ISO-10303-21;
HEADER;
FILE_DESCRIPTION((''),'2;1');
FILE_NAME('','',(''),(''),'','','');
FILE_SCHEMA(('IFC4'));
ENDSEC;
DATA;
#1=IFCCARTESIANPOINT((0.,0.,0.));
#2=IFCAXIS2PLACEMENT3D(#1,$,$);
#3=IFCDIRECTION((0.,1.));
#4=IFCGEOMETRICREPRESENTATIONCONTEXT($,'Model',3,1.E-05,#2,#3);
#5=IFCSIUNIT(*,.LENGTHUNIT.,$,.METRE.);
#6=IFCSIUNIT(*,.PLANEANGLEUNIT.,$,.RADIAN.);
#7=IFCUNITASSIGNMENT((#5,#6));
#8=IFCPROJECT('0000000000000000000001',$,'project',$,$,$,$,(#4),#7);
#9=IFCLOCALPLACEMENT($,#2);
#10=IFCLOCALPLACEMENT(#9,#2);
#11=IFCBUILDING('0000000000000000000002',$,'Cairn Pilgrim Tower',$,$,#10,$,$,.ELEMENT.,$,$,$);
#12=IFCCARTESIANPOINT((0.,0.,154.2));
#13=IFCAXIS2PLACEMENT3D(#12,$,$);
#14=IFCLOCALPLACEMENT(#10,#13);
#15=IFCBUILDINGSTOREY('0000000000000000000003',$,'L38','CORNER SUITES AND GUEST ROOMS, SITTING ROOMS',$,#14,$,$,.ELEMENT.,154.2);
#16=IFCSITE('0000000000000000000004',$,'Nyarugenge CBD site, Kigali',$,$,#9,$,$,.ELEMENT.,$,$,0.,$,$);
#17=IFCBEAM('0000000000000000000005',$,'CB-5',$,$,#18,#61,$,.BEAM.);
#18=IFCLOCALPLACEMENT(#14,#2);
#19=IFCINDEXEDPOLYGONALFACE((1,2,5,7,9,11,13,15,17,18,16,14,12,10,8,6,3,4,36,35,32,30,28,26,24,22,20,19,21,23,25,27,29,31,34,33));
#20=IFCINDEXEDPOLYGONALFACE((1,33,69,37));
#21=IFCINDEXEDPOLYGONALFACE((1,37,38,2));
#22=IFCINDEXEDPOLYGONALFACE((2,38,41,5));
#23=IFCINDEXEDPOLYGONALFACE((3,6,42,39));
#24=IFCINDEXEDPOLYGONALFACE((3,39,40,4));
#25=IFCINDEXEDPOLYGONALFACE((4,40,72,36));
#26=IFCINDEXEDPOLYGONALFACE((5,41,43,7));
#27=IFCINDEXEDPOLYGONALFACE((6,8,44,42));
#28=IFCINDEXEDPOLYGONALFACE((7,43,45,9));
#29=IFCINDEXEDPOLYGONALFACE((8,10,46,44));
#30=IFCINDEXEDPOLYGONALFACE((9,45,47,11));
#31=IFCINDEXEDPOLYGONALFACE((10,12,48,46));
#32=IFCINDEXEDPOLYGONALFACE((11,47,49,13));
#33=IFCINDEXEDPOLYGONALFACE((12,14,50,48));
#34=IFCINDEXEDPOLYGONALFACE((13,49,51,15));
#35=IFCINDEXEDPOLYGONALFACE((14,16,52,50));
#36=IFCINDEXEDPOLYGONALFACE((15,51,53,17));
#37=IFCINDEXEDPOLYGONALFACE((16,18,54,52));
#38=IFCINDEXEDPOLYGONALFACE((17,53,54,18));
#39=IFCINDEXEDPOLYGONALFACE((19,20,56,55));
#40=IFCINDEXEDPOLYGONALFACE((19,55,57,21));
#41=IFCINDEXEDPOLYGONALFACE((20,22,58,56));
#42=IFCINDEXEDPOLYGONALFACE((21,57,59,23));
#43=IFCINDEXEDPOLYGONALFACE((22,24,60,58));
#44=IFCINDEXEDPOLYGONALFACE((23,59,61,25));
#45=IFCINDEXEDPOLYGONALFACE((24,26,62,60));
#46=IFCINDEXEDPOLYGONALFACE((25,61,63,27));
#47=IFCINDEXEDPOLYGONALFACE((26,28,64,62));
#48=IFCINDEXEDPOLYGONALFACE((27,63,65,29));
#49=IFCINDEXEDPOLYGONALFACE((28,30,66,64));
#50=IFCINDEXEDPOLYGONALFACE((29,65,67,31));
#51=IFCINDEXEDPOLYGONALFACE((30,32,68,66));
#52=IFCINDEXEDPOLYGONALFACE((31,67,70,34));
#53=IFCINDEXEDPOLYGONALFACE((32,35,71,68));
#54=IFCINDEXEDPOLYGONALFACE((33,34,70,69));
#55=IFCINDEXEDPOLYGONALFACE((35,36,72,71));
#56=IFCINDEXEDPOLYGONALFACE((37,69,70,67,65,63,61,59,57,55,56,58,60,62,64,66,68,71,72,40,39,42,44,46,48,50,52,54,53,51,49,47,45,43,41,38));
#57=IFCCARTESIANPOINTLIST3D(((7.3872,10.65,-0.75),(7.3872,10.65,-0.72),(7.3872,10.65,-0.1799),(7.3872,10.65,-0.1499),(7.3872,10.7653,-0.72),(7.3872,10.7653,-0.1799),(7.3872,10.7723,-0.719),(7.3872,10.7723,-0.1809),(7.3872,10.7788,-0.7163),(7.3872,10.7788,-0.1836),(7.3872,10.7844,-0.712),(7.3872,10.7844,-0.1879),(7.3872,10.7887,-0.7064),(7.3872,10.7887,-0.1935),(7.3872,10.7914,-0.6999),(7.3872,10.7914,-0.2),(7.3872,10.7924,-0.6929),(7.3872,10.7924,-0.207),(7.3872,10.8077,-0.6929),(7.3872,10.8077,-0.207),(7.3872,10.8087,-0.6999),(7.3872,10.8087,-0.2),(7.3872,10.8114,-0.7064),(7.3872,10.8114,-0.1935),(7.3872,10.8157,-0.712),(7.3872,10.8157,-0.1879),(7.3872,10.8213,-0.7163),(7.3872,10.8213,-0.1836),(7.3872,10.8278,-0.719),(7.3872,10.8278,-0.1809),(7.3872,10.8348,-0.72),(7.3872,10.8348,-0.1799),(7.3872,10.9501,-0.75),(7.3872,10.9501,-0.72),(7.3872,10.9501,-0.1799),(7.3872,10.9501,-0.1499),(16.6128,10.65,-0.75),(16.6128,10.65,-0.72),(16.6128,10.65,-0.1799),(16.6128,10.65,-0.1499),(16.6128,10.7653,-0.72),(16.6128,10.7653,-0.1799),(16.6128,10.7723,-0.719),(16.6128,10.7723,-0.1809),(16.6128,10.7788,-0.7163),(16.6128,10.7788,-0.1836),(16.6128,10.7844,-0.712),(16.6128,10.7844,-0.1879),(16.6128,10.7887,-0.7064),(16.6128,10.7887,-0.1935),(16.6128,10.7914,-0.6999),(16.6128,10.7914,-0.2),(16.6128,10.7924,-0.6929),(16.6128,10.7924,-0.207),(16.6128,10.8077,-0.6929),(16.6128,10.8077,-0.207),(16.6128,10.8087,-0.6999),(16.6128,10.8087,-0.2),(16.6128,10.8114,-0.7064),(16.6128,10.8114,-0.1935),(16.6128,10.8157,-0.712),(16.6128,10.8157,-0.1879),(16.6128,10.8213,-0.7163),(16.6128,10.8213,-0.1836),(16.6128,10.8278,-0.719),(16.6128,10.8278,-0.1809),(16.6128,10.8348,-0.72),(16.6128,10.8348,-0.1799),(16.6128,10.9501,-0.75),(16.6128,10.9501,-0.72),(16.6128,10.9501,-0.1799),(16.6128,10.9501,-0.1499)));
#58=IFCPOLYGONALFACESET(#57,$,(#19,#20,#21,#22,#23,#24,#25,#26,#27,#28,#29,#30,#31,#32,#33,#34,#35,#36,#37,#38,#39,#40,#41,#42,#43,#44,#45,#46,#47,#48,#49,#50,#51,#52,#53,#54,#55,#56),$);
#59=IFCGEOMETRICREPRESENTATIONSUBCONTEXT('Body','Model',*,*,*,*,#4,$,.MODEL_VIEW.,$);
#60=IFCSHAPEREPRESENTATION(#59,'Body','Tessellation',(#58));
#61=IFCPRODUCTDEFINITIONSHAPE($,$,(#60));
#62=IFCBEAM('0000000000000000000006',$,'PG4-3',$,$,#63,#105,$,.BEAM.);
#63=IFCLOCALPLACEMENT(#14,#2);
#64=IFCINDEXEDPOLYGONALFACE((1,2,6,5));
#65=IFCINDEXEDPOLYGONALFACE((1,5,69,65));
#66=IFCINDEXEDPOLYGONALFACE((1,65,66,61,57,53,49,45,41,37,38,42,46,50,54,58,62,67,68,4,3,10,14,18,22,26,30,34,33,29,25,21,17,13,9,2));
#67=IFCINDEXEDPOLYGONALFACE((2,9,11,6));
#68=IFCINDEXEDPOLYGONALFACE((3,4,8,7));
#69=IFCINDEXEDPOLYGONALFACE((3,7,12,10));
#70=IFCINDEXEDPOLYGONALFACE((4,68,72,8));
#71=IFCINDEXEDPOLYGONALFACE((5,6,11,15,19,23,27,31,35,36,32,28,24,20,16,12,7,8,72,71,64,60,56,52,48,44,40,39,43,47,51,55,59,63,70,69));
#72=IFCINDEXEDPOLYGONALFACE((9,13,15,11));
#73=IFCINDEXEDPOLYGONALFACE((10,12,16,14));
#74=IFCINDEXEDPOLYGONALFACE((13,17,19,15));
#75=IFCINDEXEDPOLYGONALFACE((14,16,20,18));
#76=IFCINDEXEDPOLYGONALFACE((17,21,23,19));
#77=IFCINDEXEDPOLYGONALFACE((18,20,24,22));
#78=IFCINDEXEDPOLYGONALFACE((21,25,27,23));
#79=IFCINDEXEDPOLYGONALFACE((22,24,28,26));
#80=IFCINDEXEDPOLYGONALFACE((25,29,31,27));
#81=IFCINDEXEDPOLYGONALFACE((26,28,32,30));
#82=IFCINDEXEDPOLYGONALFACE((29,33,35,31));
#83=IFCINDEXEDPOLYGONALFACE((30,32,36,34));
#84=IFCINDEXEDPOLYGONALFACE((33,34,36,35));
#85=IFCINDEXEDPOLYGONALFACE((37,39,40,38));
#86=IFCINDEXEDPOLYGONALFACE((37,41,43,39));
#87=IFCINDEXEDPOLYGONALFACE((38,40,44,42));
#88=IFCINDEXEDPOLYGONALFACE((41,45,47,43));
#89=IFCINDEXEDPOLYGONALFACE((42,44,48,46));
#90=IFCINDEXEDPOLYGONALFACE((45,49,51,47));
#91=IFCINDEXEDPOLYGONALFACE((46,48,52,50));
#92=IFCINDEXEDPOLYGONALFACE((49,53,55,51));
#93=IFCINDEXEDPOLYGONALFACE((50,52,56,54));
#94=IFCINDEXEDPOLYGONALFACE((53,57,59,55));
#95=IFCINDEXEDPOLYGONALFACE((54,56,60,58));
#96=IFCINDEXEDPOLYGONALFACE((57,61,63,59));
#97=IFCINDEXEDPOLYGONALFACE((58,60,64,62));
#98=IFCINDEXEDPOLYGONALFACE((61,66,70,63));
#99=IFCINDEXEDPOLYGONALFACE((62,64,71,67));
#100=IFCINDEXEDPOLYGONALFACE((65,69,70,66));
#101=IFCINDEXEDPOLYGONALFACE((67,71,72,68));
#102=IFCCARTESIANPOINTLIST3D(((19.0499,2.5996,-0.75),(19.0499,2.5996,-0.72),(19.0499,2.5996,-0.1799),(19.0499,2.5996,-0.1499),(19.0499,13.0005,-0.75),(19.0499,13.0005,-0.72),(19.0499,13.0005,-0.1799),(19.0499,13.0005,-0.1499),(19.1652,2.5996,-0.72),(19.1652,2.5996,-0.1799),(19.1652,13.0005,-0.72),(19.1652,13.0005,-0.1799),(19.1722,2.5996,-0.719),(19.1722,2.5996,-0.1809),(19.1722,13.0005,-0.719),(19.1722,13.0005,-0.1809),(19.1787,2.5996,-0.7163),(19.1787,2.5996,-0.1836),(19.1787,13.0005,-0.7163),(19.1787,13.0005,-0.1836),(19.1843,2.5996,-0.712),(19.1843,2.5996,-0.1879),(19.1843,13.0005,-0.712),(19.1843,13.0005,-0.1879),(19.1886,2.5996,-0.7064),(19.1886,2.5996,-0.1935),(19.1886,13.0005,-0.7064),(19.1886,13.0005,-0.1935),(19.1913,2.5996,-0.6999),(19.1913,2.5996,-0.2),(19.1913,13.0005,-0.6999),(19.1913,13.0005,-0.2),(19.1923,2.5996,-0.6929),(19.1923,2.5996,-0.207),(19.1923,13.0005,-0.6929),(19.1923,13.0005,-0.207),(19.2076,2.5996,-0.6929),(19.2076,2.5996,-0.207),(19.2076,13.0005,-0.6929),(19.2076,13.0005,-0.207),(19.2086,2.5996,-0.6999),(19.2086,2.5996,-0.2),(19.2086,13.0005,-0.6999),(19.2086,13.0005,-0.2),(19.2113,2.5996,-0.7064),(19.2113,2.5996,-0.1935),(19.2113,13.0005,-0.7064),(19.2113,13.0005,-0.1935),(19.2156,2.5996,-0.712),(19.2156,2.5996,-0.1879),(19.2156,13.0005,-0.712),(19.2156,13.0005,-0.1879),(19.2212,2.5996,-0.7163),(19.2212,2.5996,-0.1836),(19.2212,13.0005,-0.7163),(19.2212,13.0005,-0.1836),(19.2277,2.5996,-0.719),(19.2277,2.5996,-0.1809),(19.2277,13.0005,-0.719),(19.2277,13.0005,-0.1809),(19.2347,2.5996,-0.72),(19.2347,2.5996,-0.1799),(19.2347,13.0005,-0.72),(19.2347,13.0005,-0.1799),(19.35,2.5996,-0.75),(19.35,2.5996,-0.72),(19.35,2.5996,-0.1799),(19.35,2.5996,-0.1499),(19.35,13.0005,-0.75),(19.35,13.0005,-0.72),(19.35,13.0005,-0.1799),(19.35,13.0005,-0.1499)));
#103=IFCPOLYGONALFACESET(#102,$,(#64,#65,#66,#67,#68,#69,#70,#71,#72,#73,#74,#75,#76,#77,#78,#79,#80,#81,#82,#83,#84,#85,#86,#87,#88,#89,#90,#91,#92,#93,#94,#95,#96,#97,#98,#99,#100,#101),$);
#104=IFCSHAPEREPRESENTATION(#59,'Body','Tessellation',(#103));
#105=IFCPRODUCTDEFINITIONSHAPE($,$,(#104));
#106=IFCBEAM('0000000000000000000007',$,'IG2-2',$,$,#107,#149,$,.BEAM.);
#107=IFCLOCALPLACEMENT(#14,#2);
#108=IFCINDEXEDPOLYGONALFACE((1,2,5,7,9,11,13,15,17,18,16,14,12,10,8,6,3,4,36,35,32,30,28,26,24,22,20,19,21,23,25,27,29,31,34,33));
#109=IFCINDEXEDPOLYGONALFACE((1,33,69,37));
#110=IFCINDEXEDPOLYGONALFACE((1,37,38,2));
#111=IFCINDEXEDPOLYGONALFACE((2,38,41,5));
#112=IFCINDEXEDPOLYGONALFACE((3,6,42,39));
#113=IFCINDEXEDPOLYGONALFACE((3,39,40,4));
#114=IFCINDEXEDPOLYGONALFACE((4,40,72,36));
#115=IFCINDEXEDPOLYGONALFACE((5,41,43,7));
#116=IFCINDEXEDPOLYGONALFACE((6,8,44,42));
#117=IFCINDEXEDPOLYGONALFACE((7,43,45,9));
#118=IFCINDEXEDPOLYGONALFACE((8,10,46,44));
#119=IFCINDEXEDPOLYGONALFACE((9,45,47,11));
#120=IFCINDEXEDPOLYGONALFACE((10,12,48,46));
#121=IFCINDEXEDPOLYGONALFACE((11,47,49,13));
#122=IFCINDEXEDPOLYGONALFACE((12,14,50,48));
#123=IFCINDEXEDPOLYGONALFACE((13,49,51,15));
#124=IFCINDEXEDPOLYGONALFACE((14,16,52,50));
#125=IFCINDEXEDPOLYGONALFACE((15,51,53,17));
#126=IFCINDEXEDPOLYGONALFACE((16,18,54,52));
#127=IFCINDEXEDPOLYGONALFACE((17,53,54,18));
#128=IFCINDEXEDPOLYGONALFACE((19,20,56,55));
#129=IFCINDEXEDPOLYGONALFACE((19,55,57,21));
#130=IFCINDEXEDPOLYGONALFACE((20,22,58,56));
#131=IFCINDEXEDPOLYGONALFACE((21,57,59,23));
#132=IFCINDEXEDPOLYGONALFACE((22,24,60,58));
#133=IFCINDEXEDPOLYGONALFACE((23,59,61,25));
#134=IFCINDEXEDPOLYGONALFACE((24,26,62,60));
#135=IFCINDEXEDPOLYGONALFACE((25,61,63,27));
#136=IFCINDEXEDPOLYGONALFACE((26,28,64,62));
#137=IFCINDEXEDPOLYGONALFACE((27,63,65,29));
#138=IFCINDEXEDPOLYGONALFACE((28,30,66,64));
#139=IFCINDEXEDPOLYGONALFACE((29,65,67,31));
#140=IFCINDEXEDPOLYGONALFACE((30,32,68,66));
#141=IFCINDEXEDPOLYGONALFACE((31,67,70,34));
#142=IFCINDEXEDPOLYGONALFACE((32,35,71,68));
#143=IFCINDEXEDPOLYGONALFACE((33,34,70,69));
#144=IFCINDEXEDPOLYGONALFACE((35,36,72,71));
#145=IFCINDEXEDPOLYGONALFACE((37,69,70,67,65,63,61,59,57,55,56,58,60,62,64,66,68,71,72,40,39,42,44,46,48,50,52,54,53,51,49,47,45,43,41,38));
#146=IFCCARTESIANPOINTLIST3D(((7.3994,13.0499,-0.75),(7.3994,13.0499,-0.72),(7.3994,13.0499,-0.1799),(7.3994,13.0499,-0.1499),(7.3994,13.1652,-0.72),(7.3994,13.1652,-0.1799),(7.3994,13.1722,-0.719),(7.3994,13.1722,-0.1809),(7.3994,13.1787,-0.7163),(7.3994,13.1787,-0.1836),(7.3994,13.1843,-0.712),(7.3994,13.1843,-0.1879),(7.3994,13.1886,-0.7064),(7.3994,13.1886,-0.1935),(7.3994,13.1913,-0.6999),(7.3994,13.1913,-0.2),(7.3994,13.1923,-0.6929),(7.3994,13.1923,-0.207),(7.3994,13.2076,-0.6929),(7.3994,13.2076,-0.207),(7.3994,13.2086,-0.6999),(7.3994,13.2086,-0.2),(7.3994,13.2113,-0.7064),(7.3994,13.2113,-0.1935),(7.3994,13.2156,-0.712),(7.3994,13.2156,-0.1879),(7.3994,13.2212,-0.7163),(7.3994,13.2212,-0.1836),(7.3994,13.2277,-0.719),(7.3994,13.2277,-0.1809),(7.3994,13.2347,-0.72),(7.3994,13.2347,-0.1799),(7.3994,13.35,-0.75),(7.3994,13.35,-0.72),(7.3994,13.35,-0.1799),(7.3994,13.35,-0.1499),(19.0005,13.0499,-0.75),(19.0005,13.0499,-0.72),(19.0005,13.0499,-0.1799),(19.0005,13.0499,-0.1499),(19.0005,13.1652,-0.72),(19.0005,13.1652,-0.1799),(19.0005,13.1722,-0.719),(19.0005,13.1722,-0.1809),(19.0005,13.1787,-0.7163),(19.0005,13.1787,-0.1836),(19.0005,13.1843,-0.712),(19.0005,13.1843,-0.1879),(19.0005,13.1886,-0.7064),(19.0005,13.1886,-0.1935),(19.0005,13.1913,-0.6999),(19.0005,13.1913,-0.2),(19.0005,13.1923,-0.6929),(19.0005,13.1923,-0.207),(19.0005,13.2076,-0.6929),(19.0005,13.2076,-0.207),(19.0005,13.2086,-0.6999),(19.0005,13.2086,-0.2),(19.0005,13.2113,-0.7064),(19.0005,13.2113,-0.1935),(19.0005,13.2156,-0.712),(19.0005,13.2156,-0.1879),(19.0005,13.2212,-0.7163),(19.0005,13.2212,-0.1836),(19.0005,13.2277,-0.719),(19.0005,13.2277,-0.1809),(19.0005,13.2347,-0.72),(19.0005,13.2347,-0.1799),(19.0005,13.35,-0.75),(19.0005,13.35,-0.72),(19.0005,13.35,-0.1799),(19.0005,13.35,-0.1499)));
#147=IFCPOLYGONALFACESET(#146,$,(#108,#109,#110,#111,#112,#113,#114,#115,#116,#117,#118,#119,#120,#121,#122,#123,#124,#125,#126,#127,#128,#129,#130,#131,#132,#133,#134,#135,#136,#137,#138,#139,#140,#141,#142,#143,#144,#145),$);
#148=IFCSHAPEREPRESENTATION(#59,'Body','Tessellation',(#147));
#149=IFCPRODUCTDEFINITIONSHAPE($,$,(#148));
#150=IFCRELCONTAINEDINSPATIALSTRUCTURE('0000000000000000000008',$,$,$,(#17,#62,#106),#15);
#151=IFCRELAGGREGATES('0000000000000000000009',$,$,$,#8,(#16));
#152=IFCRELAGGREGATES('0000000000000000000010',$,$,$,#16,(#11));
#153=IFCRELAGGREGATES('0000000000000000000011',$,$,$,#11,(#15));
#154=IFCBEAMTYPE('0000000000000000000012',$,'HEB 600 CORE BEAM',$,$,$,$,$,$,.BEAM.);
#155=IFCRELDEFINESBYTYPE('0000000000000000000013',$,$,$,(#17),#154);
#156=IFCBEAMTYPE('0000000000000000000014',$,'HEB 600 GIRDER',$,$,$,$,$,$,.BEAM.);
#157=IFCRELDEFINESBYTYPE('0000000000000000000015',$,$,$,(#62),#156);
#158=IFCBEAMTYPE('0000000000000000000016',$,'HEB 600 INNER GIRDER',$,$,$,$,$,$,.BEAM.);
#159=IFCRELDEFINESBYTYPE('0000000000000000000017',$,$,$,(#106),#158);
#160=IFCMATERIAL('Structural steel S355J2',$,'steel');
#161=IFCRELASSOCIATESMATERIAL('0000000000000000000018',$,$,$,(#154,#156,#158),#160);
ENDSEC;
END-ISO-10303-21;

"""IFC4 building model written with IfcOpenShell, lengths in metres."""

from ifc_helpers import new_model, si_unit, direction, frame, origin, origin_2d, place, context, subcontext, project, spatial, i_section, extrude, material, material_profile, profile_set, type_object, element, save


model = new_model("IFC4")

# Units and contexts
model_context = context("Model", 3, precision=1e-05, world=origin(), true_north=direction((0.0, 1.0)))
body_context = subcontext(model_context, "Body", "Model", "MODEL_VIEW")
ifc_project = project(units=[si_unit("LENGTHUNIT", "METRE"), si_unit("PLANEANGLEUNIT", "RADIAN")], contexts=[model_context])

# Site, building, storey
site_placement = place(None, origin())
site = spatial("IfcSite", under=ifc_project, at=site_placement, Name="Nyarugenge CBD site, Kigali", CompositionType="ELEMENT", RefElevation=0.0)
building_placement = place(site_placement, origin())
building = spatial("IfcBuilding", under=site, at=building_placement, Name="Cairn Pilgrim Tower", CompositionType="ELEMENT")
storey_placement = place(building_placement, frame((0.0, 0.0, 154.2)))
storey = spatial("IfcBuildingStorey", under=building, at=storey_placement, Name="L38", Description="CORNER SUITES AND GUEST ROOMS, SITTING ROOMS", CompositionType="ELEMENT", Elevation=154.2)

# Shared definitions
ifc_material_1 = material(Name="Structural steel S355J2", Category="steel")

# Beams
ifc_material_profile_1 = material_profile(ifc_material_1, i_section(OverallWidth=0.3, OverallDepth=0.6001, WebThickness=0.0154, FlangeThickness=0.03, FilletRadius=0.0271, at=origin_2d()), Name="HEB 600")
ifc_profile_set_1 = profile_set([ifc_material_profile_1], Name="Structural steel S355J2")
beam_type_1 = type_object("IfcBeamType", Name="HEB 600 CORE BEAM", PredefinedType="BEAM", material=ifc_profile_set_1)
beam_1_placement = place(storey_placement, frame((16.6128, 10.8, -0.45), z_axis=(-1.0, 0.0, 0.0), x_axis=(0.0, -1.0, 0.0)))
element("IfcBeam", 1, at=beam_1_placement, inside=storey, type_object=beam_type_1, Name="CB-5", PredefinedType="BEAM", context=body_context, shape_type="SweptSolid", body=[
    extrude(i_section(OverallWidth=0.3, OverallDepth=0.6001, WebThickness=0.0154, FlangeThickness=0.03, FilletRadius=0.0271, at=origin_2d()), origin(), (0.0, 0.0, 1.0), 9.2256),
])
ifc_material_profile_2 = material_profile(ifc_material_1, i_section(OverallWidth=0.3, OverallDepth=0.6001, WebThickness=0.0154, FlangeThickness=0.03, FilletRadius=0.0271, at=origin_2d()), Name="HEB 600")
ifc_profile_set_2 = profile_set([ifc_material_profile_2], Name="Structural steel S355J2")
beam_type_2 = type_object("IfcBeamType", Name="HEB 600 GIRDER", PredefinedType="BEAM", material=ifc_profile_set_2)
beam_2_placement = place(storey_placement, frame((19.2, 2.5996, -0.45), z_axis=(0.0, 1.0, 0.0), x_axis=(-1.0, 0.0, 0.0)))
element("IfcBeam", 2, at=beam_2_placement, inside=storey, type_object=beam_type_2, Name="PG4-3", PredefinedType="BEAM", context=body_context, shape_type="SweptSolid", body=[
    extrude(i_section(OverallWidth=0.3, OverallDepth=0.6001, WebThickness=0.0154, FlangeThickness=0.03, FilletRadius=0.0271, at=origin_2d()), origin(), (0.0, 0.0, 1.0), 10.4009),
])
ifc_material_profile_3 = material_profile(ifc_material_1, i_section(OverallWidth=0.3, OverallDepth=0.6001, WebThickness=0.0154, FlangeThickness=0.03, FilletRadius=0.0271, at=origin_2d()), Name="HEB 600")
ifc_profile_set_3 = profile_set([ifc_material_profile_3], Name="Structural steel S355J2")
beam_type_3 = type_object("IfcBeamType", Name="HEB 600 INNER GIRDER", PredefinedType="BEAM", material=ifc_profile_set_3)
beam_3_placement = place(storey_placement, frame((7.3994, 13.2, -0.45), z_axis=(1.0, 0.0, 0.0), x_axis=(0.0, 1.0, 0.0)))
element("IfcBeam", 3, at=beam_3_placement, inside=storey, type_object=beam_type_3, Name="IG2-2", PredefinedType="BEAM", context=body_context, shape_type="SweptSolid", body=[
    extrude(i_section(OverallWidth=0.3, OverallDepth=0.6001, WebThickness=0.0154, FlangeThickness=0.03, FilletRadius=0.0271, at=origin_2d()), origin(), (0.0, 0.0, 1.0), 11.6011),
])

save(model, "model.ifc")
